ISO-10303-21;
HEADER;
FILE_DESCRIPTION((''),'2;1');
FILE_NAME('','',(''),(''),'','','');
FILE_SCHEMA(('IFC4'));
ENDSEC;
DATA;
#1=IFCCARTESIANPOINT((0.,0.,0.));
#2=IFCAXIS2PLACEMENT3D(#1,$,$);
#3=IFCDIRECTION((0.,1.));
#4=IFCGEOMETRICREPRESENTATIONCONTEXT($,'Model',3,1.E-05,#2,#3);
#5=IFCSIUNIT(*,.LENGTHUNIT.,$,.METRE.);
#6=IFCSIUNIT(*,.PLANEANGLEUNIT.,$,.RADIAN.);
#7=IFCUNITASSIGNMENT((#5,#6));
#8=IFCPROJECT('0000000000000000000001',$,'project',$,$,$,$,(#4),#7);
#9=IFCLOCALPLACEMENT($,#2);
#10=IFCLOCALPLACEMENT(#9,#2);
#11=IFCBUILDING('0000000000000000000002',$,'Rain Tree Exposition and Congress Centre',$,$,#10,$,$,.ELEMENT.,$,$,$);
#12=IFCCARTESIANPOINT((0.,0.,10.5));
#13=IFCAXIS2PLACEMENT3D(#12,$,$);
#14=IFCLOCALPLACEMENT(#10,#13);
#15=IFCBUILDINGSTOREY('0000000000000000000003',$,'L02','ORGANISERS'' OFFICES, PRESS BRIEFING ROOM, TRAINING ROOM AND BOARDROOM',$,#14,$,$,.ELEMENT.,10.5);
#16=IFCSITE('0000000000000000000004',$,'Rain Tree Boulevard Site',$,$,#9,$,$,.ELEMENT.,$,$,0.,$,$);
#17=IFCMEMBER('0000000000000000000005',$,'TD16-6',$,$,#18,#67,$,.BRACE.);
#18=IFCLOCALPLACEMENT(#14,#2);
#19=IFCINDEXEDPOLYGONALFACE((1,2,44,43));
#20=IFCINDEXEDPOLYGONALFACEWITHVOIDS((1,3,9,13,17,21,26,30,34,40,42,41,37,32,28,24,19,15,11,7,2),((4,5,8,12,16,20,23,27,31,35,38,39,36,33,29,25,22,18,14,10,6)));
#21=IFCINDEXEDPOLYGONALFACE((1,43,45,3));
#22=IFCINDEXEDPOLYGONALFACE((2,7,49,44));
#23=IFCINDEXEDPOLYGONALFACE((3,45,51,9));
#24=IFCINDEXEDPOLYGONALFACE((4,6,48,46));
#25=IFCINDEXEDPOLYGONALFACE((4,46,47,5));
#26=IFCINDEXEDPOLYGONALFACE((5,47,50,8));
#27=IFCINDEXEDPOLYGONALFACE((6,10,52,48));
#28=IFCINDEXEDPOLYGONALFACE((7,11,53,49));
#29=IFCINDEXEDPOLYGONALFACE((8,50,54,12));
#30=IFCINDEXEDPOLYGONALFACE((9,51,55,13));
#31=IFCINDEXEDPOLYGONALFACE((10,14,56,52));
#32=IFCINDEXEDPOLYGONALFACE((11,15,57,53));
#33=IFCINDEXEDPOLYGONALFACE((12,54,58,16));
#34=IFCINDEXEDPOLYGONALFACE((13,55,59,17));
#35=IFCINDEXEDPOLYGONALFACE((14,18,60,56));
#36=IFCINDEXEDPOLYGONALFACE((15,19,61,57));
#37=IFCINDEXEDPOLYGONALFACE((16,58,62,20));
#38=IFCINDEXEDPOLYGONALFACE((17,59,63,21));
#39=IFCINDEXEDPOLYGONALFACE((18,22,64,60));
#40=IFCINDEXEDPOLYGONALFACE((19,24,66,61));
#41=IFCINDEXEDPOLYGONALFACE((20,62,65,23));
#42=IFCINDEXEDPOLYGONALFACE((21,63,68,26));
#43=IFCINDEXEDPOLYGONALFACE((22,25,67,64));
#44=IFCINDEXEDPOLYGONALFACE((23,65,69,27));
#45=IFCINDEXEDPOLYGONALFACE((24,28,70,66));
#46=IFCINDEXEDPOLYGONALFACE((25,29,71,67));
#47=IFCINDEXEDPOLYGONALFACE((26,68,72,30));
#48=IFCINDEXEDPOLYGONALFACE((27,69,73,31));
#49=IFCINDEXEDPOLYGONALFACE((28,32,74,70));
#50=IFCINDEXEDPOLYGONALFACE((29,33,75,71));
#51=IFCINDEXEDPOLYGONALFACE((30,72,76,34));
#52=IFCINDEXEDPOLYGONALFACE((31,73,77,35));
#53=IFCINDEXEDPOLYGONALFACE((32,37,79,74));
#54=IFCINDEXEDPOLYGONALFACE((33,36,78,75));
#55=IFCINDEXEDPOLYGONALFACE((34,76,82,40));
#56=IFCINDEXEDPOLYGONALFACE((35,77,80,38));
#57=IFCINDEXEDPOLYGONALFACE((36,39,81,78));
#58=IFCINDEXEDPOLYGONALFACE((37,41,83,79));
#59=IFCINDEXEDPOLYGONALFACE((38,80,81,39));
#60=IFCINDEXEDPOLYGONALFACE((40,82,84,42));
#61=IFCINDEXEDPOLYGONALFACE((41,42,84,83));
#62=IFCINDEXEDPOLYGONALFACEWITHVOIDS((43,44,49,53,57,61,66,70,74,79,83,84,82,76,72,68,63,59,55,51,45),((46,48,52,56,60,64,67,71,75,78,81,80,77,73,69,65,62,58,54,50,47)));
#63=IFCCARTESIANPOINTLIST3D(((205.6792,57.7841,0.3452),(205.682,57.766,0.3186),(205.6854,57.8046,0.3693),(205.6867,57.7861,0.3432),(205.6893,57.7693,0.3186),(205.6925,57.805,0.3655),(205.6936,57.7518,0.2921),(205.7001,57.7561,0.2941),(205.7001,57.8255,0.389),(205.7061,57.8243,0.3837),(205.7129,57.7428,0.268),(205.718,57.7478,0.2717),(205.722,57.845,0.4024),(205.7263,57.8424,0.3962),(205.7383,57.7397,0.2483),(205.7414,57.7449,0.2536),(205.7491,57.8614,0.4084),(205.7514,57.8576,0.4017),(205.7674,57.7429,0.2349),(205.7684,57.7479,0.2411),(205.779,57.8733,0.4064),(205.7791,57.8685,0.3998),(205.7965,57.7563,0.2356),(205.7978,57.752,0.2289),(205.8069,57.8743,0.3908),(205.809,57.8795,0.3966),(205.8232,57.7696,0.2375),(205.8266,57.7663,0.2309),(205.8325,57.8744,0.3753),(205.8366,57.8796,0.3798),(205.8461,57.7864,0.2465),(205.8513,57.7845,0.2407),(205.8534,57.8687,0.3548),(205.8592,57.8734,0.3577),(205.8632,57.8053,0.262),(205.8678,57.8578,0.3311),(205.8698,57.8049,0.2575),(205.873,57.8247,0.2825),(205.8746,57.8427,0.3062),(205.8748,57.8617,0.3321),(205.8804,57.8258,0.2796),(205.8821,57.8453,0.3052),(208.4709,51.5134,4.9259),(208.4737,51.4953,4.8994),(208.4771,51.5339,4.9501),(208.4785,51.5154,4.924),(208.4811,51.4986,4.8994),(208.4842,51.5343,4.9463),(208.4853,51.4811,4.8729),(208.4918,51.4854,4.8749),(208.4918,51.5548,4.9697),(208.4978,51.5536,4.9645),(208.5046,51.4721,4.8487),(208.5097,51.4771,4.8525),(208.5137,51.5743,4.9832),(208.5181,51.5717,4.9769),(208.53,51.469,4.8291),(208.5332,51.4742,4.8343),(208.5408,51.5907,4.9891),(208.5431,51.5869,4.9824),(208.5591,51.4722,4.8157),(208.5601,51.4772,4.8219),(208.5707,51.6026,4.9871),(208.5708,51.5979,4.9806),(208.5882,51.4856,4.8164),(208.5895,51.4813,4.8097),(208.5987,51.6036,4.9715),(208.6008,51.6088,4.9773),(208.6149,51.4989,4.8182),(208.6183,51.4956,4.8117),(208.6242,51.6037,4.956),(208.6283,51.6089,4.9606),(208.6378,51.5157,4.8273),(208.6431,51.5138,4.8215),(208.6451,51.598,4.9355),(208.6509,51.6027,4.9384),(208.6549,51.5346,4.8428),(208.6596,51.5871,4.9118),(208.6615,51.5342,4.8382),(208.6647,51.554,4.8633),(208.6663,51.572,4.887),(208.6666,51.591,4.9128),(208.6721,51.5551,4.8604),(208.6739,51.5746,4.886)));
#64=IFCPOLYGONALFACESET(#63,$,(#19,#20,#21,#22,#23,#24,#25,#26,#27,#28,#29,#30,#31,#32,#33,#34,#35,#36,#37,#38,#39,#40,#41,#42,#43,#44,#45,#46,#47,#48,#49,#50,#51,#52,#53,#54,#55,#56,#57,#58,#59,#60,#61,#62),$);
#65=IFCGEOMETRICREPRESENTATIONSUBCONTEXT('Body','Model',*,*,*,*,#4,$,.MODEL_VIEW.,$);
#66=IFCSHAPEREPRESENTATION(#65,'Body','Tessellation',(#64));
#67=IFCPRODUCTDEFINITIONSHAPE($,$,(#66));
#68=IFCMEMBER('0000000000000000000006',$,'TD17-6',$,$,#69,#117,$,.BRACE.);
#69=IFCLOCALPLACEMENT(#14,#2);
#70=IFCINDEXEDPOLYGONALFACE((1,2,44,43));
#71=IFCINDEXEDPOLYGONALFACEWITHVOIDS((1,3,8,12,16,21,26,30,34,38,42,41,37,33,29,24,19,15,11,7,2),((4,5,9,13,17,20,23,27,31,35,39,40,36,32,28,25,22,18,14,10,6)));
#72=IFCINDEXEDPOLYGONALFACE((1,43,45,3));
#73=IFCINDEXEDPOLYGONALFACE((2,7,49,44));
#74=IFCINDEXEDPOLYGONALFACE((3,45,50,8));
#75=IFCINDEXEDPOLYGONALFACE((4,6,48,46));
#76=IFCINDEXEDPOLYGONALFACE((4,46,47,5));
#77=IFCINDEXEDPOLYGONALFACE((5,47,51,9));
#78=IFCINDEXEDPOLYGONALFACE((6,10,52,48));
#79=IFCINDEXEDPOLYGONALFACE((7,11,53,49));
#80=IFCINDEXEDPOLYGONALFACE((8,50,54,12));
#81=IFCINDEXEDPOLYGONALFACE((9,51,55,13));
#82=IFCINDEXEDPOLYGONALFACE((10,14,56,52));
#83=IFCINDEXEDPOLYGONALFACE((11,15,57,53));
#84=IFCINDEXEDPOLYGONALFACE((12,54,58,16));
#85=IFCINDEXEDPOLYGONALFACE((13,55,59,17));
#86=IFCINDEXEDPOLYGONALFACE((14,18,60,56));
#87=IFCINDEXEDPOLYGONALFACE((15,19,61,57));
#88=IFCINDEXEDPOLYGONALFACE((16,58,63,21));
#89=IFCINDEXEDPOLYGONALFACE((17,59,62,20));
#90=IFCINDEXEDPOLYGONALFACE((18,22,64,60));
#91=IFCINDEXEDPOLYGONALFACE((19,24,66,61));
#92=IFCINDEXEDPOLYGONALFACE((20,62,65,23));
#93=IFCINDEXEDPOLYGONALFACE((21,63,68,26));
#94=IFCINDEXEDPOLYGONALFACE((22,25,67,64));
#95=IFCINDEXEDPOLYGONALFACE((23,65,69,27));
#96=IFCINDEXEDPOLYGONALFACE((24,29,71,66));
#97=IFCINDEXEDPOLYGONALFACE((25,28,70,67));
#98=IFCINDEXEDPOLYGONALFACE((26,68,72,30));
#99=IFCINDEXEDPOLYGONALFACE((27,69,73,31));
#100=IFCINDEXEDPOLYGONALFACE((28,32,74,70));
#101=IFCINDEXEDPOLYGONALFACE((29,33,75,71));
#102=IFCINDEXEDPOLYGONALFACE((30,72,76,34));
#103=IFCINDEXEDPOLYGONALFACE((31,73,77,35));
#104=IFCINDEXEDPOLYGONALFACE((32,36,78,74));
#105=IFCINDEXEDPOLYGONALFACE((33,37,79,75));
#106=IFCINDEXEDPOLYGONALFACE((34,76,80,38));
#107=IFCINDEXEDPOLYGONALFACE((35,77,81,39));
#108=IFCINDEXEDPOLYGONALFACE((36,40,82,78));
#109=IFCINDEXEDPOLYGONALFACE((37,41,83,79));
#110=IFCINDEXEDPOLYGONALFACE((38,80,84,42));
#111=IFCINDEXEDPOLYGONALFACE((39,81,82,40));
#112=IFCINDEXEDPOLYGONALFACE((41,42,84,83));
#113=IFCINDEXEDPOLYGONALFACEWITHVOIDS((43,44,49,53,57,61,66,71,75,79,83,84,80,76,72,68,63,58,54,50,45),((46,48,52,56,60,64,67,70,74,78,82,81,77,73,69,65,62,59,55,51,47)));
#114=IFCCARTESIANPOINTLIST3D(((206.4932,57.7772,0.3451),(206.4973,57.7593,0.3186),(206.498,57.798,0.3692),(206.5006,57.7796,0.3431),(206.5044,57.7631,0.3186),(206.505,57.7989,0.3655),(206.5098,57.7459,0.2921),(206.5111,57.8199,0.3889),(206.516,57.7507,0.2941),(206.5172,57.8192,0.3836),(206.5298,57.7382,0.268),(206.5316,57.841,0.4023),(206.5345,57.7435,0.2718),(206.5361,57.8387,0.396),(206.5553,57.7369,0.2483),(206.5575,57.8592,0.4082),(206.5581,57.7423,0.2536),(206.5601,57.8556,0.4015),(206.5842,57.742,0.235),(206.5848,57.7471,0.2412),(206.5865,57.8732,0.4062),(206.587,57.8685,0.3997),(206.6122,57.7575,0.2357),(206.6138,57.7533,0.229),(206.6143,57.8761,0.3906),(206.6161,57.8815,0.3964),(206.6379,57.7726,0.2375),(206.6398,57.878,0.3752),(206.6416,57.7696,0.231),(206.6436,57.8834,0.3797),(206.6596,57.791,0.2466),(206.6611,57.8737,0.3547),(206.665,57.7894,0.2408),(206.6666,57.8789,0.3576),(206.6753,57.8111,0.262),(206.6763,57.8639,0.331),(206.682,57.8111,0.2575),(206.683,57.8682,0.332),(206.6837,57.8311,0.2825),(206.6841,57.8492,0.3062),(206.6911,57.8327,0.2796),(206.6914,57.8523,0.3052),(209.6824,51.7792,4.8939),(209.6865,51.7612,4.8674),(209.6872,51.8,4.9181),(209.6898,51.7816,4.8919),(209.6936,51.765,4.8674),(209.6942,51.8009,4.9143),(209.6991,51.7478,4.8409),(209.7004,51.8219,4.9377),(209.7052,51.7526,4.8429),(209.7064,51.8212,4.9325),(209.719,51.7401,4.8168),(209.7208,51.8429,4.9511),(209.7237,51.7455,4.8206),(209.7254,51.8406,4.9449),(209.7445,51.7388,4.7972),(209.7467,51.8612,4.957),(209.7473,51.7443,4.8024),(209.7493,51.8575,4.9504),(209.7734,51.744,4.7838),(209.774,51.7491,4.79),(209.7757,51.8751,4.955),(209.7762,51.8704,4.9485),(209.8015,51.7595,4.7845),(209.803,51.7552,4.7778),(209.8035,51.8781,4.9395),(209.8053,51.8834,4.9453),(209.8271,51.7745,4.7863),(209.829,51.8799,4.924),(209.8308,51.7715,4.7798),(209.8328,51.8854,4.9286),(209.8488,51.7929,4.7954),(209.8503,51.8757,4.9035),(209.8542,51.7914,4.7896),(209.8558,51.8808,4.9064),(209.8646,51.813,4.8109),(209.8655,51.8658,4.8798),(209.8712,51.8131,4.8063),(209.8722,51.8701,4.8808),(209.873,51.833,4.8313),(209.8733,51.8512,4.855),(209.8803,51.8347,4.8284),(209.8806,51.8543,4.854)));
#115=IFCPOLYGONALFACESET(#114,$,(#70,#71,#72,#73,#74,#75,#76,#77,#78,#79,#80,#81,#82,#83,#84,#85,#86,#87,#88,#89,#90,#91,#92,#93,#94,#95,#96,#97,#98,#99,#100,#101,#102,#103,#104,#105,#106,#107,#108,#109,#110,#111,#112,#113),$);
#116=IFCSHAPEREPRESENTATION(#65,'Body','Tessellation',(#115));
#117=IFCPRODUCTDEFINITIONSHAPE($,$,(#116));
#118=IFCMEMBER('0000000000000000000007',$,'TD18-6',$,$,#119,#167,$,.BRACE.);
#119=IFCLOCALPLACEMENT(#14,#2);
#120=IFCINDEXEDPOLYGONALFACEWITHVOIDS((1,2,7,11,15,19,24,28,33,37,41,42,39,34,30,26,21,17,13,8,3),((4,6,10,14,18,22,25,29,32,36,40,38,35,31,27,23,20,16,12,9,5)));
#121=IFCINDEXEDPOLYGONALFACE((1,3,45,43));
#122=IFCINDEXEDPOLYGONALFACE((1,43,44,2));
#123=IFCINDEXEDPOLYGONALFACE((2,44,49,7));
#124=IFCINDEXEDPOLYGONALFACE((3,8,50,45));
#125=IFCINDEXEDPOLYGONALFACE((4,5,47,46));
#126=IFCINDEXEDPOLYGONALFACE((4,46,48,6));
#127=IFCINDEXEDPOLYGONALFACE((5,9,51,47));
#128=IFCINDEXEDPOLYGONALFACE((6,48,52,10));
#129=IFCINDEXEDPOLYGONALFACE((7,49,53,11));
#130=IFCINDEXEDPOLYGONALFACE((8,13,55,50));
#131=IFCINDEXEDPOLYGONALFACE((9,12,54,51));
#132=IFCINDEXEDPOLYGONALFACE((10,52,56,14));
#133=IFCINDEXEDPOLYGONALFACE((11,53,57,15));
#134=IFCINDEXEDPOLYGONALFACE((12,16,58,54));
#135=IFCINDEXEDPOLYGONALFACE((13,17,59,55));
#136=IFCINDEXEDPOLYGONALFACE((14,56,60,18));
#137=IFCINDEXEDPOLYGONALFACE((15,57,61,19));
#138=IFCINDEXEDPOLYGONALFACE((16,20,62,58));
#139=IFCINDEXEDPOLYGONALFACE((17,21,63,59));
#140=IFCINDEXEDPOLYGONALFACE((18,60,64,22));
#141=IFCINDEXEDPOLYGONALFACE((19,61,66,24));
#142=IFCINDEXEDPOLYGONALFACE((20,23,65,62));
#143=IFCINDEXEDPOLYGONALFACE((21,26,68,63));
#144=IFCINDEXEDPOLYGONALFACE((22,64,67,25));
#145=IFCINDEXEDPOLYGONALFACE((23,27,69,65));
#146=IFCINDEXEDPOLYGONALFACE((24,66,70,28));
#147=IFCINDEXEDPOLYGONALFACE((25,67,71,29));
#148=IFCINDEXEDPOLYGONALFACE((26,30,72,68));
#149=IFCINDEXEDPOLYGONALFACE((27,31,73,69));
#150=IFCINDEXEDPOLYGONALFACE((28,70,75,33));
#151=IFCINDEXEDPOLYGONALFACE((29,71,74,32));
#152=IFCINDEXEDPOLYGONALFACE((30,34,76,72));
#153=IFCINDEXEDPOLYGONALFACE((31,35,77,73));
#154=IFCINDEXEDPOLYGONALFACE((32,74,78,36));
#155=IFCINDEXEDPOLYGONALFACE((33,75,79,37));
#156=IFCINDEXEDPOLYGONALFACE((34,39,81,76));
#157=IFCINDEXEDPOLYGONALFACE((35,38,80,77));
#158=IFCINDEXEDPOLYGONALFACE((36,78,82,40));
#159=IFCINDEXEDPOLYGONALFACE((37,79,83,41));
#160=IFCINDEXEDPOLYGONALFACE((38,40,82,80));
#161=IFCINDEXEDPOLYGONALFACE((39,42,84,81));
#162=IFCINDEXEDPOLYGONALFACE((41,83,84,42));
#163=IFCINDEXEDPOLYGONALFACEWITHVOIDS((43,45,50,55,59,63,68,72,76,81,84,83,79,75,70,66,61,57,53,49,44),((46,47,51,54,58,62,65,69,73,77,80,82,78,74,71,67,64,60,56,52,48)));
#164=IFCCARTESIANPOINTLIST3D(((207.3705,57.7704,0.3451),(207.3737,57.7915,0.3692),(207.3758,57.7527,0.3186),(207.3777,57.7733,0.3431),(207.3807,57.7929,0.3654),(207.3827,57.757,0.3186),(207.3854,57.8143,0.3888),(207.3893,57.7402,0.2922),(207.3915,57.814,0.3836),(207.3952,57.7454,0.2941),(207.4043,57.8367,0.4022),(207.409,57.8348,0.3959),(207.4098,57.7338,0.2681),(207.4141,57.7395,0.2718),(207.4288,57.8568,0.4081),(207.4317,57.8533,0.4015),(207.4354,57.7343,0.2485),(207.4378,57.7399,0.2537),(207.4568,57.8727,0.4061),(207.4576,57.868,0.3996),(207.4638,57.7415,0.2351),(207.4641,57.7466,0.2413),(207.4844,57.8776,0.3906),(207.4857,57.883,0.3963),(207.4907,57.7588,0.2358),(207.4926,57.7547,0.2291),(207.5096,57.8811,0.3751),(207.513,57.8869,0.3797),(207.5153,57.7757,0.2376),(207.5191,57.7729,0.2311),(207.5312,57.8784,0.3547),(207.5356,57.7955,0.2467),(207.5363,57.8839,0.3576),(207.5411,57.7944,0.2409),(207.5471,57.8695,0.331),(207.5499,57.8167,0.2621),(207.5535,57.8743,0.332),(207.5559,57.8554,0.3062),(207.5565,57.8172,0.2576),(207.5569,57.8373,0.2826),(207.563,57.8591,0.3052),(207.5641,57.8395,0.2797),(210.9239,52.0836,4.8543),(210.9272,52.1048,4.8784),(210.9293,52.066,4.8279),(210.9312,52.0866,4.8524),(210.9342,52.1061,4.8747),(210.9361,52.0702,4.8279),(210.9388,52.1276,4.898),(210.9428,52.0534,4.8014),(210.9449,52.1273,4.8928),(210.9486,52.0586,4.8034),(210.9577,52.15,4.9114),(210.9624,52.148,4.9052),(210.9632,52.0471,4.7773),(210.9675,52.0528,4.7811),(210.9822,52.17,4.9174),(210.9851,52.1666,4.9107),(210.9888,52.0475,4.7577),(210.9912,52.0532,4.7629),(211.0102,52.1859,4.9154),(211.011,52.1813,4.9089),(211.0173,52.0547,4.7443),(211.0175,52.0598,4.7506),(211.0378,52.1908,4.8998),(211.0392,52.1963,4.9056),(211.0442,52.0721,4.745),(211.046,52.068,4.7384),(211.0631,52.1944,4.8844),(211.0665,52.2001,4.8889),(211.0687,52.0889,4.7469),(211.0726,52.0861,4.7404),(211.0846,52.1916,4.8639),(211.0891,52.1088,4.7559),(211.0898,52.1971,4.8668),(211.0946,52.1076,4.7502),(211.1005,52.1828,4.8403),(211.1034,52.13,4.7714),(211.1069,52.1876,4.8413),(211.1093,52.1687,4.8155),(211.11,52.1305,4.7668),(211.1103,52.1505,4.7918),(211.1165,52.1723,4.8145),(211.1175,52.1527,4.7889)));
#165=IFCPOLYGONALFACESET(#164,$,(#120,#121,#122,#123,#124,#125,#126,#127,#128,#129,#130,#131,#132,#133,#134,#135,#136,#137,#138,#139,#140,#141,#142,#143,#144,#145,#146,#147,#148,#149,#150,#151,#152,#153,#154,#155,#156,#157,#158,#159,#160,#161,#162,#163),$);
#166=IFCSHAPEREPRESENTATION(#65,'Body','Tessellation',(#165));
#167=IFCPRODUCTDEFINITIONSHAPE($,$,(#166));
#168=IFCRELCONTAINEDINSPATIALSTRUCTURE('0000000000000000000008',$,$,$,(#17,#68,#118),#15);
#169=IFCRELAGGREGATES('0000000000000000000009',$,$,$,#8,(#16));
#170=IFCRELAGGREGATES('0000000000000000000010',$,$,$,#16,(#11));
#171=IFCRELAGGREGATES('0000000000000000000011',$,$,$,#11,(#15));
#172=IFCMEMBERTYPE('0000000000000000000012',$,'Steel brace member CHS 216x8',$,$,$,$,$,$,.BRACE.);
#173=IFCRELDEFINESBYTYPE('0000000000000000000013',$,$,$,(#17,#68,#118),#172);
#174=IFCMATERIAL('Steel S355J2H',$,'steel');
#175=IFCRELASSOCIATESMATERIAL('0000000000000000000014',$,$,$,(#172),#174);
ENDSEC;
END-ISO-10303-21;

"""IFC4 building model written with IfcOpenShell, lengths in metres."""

from ifc_helpers import new_model, si_unit, direction, frame, origin, origin_2d, place, context, subcontext, project, spatial, hollow_circle, extrude, material, material_profile, profile_set, type_object, element, save


model = new_model("IFC4")

# Units and contexts
model_context = context("Model", 3, precision=1e-05, world=origin(), true_north=direction((0.0, 1.0)))
body_context = subcontext(model_context, "Body", "Model", "MODEL_VIEW")
ifc_project = project(units=[si_unit("LENGTHUNIT", "METRE"), si_unit("PLANEANGLEUNIT", "RADIAN")], contexts=[model_context])

# Site, building, storey
site_placement = place(None, origin())
site = spatial("IfcSite", under=ifc_project, at=site_placement, Name="Rain Tree Boulevard Site", CompositionType="ELEMENT", RefElevation=0.0)
building_placement = place(site_placement, origin())
building = spatial("IfcBuilding", under=site, at=building_placement, Name="Rain Tree Exposition and Congress Centre", CompositionType="ELEMENT")
storey_placement = place(building_placement, frame((0.0, 0.0, 10.5)))
storey = spatial("IfcBuildingStorey", under=building, at=storey_placement, Name="L02", Description="ORGANISERS' OFFICES, PRESS BRIEFING ROOM, TRAINING ROOM AND BOARDROOM", CompositionType="ELEMENT", Elevation=10.5)

# Members
ifc_material_1 = material(Name="Steel S355J2H", Category="steel")
ifc_material_profile_1 = material_profile(ifc_material_1, hollow_circle(Radius=0.1082, WallThickness=0.0081, at=origin_2d()), Name="CHS 216x8")
ifc_profile_set_1 = profile_set([ifc_material_profile_1], Name="Steel S355J2H")
member_type_1 = type_object("IfcMemberType", Name="Steel brace member CHS 216x8", PredefinedType="BRACE", material=ifc_profile_set_1)
member_1_placement = place(storey_placement, frame((208.5725, 51.5393, 4.8994), z_axis=(-0.3383, 0.759882, -0.555097), x_axis=(-0.913555, -0.406716, 0.0)))
element("IfcMember", 1, at=member_1_placement, inside=storey, type_object=member_type_1, Name="TD16-6", PredefinedType="BRACE", context=body_context, shape_type="SweptSolid", body=[
    extrude(hollow_circle(Radius=0.1082, WallThickness=0.0081, at=origin_2d()), origin(), (0.0, 0.0, 1.0), 8.2522),
])
member_2_placement = place(storey_placement, frame((209.782, 51.812, 4.8674), z_axis=(-0.390092, 0.733658, -0.556395), x_axis=(-0.882948, -0.469471, 0.0)))
element("IfcMember", 2, at=member_2_placement, inside=storey, type_object=member_type_1, Name="TD17-6", PredefinedType="BRACE", context=body_context, shape_type="SweptSolid", body=[
    extrude(hollow_circle(Radius=0.1082, WallThickness=0.0081, at=origin_2d()), origin(), (0.0, 0.0, 1.0), 8.1755),
])
member_3_placement = place(storey_placement, frame((211.021, 52.1233, 4.8279), z_axis=(-0.43974, 0.703734, -0.558021), x_axis=(-0.848049, -0.529917, 0.0)))
element("IfcMember", 3, at=member_3_placement, inside=storey, type_object=member_type_1, Name="TD18-6", PredefinedType="BRACE", context=body_context, shape_type="SweptSolid", body=[
    extrude(hollow_circle(Radius=0.1082, WallThickness=0.0081, at=origin_2d()), origin(), (0.0, 0.0, 1.0), 8.0808),
])

save(model, "model.ifc")
